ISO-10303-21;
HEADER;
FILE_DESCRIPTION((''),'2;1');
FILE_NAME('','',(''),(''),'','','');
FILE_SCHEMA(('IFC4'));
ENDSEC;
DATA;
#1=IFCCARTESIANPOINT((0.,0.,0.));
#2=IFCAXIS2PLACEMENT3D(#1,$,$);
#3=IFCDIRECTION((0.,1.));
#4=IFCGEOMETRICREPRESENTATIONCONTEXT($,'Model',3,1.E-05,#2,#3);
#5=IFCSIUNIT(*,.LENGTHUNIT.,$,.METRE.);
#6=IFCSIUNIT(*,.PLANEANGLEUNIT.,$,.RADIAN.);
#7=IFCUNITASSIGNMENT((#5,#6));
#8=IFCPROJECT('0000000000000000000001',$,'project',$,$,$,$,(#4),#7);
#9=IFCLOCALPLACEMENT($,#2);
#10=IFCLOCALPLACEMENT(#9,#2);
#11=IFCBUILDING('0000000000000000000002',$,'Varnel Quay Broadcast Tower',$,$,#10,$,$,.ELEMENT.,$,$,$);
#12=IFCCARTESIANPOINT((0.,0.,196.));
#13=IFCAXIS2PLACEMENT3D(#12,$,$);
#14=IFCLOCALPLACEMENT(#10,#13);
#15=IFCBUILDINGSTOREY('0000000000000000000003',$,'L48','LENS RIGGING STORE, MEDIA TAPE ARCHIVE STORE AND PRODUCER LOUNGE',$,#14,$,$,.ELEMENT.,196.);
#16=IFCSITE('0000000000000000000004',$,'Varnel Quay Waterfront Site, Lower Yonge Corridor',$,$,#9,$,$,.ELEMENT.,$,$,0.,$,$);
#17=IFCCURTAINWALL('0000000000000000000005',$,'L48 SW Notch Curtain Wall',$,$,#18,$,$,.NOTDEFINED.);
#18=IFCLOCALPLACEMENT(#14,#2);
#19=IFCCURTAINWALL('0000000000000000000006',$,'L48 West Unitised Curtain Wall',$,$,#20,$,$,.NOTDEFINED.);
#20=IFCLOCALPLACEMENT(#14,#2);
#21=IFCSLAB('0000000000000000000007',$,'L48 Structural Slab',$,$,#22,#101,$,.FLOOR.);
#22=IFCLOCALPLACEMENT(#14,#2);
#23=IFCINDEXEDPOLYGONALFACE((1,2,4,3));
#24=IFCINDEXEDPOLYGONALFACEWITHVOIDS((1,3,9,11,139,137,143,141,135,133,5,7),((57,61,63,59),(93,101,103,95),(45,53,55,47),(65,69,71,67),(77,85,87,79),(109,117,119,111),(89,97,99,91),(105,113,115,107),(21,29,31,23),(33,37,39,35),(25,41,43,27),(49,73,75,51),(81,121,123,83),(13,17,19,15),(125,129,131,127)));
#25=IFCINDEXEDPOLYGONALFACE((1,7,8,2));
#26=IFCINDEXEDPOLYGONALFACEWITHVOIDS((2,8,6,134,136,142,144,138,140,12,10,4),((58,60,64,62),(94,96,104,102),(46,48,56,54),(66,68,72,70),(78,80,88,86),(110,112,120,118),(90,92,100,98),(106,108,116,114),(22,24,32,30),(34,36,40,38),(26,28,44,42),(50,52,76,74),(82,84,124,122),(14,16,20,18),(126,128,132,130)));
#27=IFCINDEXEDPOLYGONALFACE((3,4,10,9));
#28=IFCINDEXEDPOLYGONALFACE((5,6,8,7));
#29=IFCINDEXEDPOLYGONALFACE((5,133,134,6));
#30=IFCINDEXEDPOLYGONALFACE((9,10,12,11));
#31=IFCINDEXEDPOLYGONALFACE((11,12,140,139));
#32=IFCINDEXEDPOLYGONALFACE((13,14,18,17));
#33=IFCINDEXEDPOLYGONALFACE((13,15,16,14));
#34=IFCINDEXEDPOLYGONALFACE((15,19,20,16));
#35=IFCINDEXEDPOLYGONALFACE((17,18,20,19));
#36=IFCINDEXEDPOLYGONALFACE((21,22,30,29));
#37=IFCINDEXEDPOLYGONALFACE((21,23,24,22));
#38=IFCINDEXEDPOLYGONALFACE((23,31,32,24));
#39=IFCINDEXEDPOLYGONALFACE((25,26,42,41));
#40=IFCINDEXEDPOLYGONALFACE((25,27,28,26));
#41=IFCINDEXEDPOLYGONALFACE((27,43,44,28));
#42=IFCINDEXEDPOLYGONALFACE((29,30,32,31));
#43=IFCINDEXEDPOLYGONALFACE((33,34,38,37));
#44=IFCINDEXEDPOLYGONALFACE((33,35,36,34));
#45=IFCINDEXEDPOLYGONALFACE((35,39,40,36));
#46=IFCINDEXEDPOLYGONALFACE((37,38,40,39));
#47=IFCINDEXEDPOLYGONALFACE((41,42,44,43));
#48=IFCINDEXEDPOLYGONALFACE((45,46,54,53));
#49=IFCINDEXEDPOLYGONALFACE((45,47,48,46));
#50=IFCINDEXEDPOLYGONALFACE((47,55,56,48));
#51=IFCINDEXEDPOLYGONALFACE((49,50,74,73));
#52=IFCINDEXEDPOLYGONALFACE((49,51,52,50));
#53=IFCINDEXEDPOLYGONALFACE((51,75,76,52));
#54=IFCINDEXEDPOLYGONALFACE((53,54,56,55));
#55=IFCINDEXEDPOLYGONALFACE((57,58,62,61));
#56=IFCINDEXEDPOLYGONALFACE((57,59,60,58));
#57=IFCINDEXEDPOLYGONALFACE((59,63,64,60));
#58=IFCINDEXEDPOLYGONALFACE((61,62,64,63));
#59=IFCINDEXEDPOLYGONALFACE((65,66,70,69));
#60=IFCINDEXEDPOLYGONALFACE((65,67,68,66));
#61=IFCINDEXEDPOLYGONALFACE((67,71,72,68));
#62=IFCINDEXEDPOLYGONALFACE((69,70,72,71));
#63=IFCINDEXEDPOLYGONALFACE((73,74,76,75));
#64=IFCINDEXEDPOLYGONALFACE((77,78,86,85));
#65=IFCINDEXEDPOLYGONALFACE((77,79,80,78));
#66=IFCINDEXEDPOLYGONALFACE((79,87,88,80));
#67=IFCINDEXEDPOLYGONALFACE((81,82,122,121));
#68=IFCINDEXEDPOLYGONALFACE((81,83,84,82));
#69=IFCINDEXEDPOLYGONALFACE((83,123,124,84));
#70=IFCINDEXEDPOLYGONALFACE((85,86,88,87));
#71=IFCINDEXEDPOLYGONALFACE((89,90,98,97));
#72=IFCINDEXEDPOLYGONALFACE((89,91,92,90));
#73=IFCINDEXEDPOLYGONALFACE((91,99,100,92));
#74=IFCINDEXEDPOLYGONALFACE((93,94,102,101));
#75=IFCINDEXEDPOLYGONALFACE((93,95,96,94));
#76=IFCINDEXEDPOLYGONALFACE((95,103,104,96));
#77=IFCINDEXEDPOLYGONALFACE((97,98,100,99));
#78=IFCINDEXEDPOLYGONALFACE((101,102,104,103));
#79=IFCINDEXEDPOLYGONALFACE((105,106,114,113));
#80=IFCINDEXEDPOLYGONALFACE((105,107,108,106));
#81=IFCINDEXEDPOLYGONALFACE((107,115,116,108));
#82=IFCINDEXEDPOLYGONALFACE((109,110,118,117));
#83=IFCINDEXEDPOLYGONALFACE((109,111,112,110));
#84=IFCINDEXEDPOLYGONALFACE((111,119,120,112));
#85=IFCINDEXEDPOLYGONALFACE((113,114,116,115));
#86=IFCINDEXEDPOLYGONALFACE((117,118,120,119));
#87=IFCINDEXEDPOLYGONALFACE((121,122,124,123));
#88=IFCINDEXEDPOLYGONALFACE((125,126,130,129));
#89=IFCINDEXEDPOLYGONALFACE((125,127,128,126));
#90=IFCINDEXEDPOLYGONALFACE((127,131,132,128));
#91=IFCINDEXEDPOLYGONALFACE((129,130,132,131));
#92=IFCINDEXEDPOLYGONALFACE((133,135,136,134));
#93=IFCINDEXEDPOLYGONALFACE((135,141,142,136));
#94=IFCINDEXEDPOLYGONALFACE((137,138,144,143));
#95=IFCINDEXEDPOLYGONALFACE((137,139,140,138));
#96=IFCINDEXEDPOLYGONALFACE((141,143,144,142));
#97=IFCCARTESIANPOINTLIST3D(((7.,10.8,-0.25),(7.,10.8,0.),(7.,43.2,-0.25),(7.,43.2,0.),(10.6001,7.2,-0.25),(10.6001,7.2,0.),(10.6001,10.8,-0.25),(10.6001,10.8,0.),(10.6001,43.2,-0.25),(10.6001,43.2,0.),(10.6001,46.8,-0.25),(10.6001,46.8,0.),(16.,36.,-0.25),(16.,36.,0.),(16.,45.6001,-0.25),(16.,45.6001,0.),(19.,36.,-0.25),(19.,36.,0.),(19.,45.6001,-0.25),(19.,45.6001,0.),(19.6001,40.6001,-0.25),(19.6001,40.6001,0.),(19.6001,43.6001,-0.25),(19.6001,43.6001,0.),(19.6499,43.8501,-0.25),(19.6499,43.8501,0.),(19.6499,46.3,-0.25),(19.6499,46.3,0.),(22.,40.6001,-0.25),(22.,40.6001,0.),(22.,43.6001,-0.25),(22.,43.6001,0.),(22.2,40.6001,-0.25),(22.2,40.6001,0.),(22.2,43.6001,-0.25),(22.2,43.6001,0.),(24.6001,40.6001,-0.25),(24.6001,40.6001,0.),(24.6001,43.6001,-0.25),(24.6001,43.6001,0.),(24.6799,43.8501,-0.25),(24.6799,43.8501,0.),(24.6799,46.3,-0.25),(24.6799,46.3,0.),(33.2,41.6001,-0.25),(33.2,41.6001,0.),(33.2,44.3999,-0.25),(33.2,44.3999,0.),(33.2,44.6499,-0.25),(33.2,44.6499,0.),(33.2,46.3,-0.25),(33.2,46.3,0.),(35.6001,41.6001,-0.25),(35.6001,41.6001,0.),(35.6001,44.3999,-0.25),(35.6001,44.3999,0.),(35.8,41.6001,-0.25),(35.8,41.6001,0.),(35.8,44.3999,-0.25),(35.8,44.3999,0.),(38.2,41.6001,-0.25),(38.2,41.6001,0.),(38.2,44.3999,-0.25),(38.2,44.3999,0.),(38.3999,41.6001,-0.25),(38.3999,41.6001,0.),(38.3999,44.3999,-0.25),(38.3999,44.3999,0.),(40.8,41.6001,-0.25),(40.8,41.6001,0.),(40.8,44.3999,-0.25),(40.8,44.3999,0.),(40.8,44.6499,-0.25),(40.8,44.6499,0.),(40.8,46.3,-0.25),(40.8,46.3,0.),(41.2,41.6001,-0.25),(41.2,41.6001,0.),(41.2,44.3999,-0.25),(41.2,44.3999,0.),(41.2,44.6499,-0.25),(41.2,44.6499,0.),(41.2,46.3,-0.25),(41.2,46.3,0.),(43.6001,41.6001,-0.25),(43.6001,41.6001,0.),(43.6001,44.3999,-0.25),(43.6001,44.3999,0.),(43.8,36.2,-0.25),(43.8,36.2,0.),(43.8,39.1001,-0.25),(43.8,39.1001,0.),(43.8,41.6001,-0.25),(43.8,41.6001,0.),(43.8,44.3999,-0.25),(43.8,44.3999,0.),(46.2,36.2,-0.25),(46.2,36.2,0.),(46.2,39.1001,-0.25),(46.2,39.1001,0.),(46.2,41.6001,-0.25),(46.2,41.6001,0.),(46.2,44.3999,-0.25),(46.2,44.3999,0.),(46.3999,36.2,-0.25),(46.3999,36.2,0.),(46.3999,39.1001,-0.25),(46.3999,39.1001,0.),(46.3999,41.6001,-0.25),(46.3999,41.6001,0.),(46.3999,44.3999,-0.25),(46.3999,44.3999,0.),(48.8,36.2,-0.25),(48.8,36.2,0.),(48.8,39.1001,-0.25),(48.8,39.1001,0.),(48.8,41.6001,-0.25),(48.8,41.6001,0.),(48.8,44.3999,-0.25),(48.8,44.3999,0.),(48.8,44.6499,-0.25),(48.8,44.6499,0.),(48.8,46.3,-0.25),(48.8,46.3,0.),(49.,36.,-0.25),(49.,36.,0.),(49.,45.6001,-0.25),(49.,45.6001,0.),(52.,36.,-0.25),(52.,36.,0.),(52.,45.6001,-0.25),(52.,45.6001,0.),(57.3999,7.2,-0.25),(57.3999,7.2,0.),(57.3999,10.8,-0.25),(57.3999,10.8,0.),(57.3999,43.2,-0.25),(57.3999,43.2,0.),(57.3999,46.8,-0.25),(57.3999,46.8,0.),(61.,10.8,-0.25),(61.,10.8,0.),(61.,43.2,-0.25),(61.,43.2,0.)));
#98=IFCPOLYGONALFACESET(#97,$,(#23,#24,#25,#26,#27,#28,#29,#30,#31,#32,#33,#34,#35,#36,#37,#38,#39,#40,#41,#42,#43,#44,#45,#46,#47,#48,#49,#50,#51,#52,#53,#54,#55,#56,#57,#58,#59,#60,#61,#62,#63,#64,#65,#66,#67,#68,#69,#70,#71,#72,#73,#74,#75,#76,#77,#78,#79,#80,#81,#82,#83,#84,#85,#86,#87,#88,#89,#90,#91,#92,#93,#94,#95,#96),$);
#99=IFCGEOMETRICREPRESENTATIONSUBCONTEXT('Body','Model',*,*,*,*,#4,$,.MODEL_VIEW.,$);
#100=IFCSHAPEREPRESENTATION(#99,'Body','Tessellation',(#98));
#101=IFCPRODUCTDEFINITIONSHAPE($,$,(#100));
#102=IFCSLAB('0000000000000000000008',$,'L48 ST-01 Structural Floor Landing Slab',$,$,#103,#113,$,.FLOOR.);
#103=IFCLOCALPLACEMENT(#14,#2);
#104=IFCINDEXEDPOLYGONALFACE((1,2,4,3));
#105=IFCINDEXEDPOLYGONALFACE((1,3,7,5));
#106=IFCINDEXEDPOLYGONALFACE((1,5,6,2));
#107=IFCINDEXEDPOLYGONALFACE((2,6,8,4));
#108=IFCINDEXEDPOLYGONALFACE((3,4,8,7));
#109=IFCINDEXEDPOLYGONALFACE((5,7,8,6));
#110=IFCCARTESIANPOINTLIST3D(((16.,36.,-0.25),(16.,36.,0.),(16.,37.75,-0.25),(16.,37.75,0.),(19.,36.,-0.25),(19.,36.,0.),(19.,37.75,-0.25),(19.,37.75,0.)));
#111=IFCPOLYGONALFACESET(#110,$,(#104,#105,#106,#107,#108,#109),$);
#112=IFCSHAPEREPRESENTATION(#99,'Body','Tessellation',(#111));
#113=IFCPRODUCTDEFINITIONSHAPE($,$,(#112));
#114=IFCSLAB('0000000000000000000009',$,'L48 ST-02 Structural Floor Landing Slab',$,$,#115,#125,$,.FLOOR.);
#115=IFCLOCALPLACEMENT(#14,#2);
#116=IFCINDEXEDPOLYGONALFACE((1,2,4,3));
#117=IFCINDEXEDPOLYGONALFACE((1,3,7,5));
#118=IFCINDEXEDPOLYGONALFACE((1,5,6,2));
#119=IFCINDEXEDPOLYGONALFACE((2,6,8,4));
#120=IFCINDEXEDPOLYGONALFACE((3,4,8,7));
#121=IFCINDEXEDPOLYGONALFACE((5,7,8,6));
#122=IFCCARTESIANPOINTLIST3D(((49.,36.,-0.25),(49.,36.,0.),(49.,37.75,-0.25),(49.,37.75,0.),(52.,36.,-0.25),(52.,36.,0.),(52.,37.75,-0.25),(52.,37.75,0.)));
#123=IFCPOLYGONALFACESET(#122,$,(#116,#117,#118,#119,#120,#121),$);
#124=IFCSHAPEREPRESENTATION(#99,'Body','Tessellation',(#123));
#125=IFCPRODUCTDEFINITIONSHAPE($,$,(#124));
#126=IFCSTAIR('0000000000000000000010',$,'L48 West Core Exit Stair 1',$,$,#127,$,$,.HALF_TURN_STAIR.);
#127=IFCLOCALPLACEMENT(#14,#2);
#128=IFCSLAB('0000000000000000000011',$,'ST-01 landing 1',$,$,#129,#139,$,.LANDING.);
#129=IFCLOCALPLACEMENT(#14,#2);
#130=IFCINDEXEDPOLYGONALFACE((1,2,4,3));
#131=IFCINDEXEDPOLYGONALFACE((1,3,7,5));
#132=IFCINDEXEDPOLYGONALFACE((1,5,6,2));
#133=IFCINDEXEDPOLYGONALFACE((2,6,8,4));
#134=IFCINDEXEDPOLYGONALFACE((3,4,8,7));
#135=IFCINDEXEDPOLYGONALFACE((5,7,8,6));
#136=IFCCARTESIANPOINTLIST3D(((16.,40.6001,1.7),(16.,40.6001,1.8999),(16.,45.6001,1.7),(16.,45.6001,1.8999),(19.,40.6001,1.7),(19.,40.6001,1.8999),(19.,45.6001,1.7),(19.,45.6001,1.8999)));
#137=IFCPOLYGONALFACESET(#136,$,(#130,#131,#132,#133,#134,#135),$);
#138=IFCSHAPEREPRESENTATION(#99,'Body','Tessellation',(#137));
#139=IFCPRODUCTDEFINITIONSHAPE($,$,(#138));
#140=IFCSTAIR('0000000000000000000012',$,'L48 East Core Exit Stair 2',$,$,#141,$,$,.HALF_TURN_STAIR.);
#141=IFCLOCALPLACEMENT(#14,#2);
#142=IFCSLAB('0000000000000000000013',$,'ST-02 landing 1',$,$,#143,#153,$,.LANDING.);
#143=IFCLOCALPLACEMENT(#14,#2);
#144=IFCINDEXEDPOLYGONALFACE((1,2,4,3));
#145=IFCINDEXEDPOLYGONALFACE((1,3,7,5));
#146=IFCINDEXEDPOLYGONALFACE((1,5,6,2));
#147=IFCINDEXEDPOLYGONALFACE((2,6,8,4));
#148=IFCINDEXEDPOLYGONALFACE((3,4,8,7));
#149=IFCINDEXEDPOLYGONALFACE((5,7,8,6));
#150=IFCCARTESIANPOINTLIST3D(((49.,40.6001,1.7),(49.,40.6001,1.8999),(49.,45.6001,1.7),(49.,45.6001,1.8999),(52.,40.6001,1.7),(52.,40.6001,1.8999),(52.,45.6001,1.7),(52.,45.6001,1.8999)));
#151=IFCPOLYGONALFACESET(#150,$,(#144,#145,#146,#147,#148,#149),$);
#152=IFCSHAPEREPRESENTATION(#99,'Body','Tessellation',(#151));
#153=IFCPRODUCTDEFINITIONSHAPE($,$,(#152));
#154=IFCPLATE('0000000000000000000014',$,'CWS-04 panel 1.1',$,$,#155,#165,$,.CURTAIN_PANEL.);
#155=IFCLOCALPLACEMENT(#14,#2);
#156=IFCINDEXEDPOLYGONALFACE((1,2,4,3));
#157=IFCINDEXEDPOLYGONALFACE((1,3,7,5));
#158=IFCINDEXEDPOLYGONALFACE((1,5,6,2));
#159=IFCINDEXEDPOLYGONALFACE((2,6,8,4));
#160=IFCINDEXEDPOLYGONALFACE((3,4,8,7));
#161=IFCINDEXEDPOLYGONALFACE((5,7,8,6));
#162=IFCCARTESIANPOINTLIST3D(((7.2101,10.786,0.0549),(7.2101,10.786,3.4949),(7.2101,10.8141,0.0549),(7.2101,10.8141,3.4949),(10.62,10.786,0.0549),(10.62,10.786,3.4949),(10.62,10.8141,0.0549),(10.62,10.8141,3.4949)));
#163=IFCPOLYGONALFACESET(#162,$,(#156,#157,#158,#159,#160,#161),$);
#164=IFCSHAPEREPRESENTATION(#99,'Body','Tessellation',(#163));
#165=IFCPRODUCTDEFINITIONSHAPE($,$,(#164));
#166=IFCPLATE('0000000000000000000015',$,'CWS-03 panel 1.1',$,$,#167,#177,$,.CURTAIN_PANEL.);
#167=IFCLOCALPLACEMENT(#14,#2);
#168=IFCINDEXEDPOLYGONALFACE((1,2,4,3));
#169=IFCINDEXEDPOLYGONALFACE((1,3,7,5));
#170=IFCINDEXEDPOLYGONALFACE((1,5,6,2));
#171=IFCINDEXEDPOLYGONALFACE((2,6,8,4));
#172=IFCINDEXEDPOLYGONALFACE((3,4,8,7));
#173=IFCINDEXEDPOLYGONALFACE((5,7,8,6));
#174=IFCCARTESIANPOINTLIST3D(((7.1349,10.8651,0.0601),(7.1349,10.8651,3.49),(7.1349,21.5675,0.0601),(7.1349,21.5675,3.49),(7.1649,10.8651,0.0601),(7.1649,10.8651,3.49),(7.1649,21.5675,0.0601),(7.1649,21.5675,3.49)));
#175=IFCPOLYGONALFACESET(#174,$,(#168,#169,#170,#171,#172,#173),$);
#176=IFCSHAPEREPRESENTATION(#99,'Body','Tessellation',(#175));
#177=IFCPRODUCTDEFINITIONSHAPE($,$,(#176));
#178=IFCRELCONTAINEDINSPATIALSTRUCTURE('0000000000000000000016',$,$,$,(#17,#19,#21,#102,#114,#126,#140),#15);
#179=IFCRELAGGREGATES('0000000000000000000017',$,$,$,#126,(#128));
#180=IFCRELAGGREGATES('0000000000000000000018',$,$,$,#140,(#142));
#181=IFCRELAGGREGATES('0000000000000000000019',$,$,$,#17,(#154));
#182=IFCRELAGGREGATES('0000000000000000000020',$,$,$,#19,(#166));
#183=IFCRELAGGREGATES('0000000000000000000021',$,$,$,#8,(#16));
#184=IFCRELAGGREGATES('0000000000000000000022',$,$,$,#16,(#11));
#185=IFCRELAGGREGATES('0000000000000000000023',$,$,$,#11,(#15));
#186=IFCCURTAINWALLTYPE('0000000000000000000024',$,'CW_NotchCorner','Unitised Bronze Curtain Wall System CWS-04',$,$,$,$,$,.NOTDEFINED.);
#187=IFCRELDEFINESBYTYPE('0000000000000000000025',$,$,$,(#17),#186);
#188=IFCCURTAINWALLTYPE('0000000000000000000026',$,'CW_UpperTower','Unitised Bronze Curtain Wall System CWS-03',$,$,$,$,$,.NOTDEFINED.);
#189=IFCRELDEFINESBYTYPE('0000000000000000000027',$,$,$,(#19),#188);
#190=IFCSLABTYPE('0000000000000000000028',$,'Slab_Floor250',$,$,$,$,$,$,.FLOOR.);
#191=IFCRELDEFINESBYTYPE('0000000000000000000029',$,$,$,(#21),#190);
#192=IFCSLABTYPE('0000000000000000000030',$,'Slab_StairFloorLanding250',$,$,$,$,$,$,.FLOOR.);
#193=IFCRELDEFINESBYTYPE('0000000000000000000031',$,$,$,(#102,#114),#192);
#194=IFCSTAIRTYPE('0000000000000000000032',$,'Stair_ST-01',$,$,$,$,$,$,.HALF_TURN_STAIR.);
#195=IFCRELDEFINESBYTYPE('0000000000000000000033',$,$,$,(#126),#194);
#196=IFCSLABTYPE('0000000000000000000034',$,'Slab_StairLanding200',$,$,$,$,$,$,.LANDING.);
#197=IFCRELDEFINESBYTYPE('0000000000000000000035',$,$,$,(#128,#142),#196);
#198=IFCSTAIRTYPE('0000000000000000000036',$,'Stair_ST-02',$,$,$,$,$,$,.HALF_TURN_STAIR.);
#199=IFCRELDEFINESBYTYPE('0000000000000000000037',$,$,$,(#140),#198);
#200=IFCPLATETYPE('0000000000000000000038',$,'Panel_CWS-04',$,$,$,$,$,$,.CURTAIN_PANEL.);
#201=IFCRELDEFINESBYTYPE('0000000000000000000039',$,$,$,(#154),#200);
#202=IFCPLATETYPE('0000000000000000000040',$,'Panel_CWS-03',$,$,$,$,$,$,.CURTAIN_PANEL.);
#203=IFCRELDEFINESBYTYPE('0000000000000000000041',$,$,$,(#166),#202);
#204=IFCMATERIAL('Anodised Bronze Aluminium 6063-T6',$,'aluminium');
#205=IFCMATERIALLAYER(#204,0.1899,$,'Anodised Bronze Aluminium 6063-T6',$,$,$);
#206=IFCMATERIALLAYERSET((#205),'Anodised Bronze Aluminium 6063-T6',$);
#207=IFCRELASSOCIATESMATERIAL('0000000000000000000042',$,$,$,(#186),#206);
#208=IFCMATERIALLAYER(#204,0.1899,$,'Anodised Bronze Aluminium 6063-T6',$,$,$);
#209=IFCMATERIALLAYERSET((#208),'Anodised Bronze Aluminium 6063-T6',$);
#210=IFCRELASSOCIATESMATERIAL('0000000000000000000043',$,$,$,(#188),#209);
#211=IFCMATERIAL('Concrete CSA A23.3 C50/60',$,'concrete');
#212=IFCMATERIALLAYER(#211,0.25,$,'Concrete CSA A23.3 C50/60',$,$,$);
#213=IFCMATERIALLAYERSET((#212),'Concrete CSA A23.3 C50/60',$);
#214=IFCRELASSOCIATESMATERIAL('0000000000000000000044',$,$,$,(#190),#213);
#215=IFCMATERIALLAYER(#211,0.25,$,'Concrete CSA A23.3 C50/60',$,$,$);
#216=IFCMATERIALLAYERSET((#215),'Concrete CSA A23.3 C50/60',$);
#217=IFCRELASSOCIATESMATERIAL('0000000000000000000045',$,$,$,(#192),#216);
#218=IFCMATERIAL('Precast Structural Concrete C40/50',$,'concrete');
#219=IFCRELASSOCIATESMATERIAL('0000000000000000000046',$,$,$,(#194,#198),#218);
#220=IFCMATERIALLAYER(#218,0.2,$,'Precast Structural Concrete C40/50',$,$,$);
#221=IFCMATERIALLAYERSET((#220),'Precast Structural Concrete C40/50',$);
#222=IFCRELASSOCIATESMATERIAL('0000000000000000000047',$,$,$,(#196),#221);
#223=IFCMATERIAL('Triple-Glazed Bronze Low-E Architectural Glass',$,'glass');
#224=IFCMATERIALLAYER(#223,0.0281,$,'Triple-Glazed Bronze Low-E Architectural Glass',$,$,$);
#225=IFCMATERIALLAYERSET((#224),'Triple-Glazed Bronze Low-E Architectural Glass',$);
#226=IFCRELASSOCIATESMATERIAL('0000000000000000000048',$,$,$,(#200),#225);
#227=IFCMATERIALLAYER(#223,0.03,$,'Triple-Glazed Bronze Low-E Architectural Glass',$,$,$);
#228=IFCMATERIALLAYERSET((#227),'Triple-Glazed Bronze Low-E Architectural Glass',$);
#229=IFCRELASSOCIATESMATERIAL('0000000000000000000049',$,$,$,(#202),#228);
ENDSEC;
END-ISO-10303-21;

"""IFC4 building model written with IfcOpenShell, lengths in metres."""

from ifc_helpers import new_model, si_unit, direction, frame, origin, origin_2d, place, context, subcontext, project, spatial, polyline, rectangle, outline, extrude, source, transform, mapped, material, layer, layer_set, type_object, type_shapes, element, aggregate, save


model = new_model("IFC4")

# Units and contexts
model_context = context("Model", 3, precision=1e-05, world=origin(), true_north=direction((0.0, 1.0)))
body_context = subcontext(model_context, "Body", "Model", "MODEL_VIEW")
ifc_project = project(units=[si_unit("LENGTHUNIT", "METRE"), si_unit("PLANEANGLEUNIT", "RADIAN")], contexts=[model_context])

# Site, building, storey
site_placement = place(None, origin())
site = spatial("IfcSite", under=ifc_project, at=site_placement, Name="Varnel Quay Waterfront Site, Lower Yonge Corridor", CompositionType="ELEMENT", RefElevation=0.0)
building_placement = place(site_placement, origin())
building = spatial("IfcBuilding", under=site, at=building_placement, Name="Varnel Quay Broadcast Tower", CompositionType="ELEMENT")
storey_placement = place(building_placement, frame((0.0, 0.0, 196.0)))
storey = spatial("IfcBuildingStorey", under=building, at=storey_placement, Name="L48", Description="LENS RIGGING STORE, MEDIA TAPE ARCHIVE STORE AND PRODUCER LOUNGE", CompositionType="ELEMENT", Elevation=196.0)

# Curtain walls
ifc_material_1 = material(Name="Anodised Bronze Aluminium 6063-T6", Category="aluminium")
ifc_layer_1 = layer(ifc_material_1, 0.1899, Name="Anodised Bronze Aluminium 6063-T6")
ifc_layer_set_1 = layer_set([ifc_layer_1], Name="Anodised Bronze Aluminium 6063-T6")
curtain_wall_type_1 = type_object("IfcCurtainWallType", Name="CW_NotchCorner", Description="Unitised Bronze Curtain Wall System CWS-04", PredefinedType="NOTDEFINED", material=ifc_layer_set_1)
curtain_wall_1_placement = place(storey_placement, origin())
curtain_wall_1 = element("IfcCurtainWall", 1, at=curtain_wall_1_placement, inside=storey, type_object=curtain_wall_type_1, Name="L48 SW Notch Curtain Wall", PredefinedType="NOTDEFINED")
ifc_layer_2 = layer(ifc_material_1, 0.1899, Name="Anodised Bronze Aluminium 6063-T6")
ifc_layer_set_2 = layer_set([ifc_layer_2], Name="Anodised Bronze Aluminium 6063-T6")
curtain_wall_type_2 = type_object("IfcCurtainWallType", Name="CW_UpperTower", Description="Unitised Bronze Curtain Wall System CWS-03", PredefinedType="NOTDEFINED", material=ifc_layer_set_2)
curtain_wall_2_placement = place(storey_placement, origin())
curtain_wall_2 = element("IfcCurtainWall", 2, at=curtain_wall_2_placement, inside=storey, type_object=curtain_wall_type_2, Name="L48 West Unitised Curtain Wall", PredefinedType="NOTDEFINED")

# Slabs
ifc_material_2 = material(Name="Concrete CSA A23.3 C50/60", Category="concrete")
ifc_layer_3 = layer(ifc_material_2, 0.25, Name="Concrete CSA A23.3 C50/60")
ifc_layer_set_3 = layer_set([ifc_layer_3], Name="Concrete CSA A23.3 C50/60")
slab_type_1 = type_object("IfcSlabType", Name="Slab_Floor250", PredefinedType="FLOOR", material=ifc_layer_set_3)
slab_1_placement = place(storey_placement, frame((0.0, 0.0, -0.25)))
element("IfcSlab", 3, at=slab_1_placement, inside=storey, type_object=slab_type_1, Name="L48 Structural Slab", PredefinedType="FLOOR", context=body_context, shape_type="SweptSolid", body=[
    extrude(outline(polyline([(10.6001, 7.2), (57.3999, 7.2), (57.3999, 10.8), (61.0, 10.8), (61.0, 43.2), (57.3999, 43.2), (57.3999, 46.8), (10.6001, 46.8), (10.6001, 43.2), (7.0, 43.2), (7.0, 10.8), (10.6001, 10.8), (10.6001, 7.2)]), holes=[polyline([(19.0, 36.0), (16.0, 36.0), (16.0, 45.6001), (19.0, 45.6001), (19.0, 36.0)]), polyline([(19.6001, 43.6001), (22.0, 43.6001), (22.0, 40.6001), (19.6001, 40.6001), (19.6001, 43.6001)]), polyline([(22.2, 43.6001), (24.6001, 43.6001), (24.6001, 40.6001), (22.2, 40.6001), (22.2, 43.6001)]), polyline([(33.2, 44.3999), (35.6001, 44.3999), (35.6001, 41.6001), (33.2, 41.6001), (33.2, 44.3999)]), polyline([(35.8, 44.3999), (38.2, 44.3999), (38.2, 41.6001), (35.8, 41.6001), (35.8, 44.3999)]), polyline([(38.3999, 44.3999), (40.8, 44.3999), (40.8, 41.6001), (38.3999, 41.6001), (38.3999, 44.3999)]), polyline([(19.6499, 46.3), (24.6799, 46.3), (24.6799, 43.8501), (19.6499, 43.8501), (19.6499, 46.3)]), polyline([(33.2, 46.3), (40.8, 46.3), (40.8, 44.6499), (33.2, 44.6499), (33.2, 46.3)]), polyline([(43.8, 39.1001), (46.2, 39.1001), (46.2, 36.2), (43.8, 36.2), (43.8, 39.1001)]), polyline([(46.3999, 39.1001), (48.8, 39.1001), (48.8, 36.2), (46.3999, 36.2), (46.3999, 39.1001)]), polyline([(49.0, 36.0), (49.0, 45.6001), (52.0, 45.6001), (52.0, 36.0), (49.0, 36.0)]), polyline([(41.2, 44.3999), (43.6001, 44.3999), (43.6001, 41.6001), (41.2, 41.6001), (41.2, 44.3999)]), polyline([(43.8, 44.3999), (46.2, 44.3999), (46.2, 41.6001), (43.8, 41.6001), (43.8, 44.3999)]), polyline([(46.3999, 44.3999), (48.8, 44.3999), (48.8, 41.6001), (46.3999, 41.6001), (46.3999, 44.3999)]), polyline([(41.2, 46.3), (48.8, 46.3), (48.8, 44.6499), (41.2, 44.6499), (41.2, 46.3)])]), origin(), (0.0, 0.0, 1.0), 0.25),
])
ifc_layer_4 = layer(ifc_material_2, 0.25, Name="Concrete CSA A23.3 C50/60")
ifc_layer_set_4 = layer_set([ifc_layer_4], Name="Concrete CSA A23.3 C50/60")
slab_type_2 = type_object("IfcSlabType", Name="Slab_StairFloorLanding250", PredefinedType="FLOOR", material=ifc_layer_set_4)
slab_2_placement = place(storey_placement, frame((0.0, 0.0, -0.25)))
element("IfcSlab", 4, at=slab_2_placement, inside=storey, type_object=slab_type_2, Name="L48 ST-01 Structural Floor Landing Slab", PredefinedType="FLOOR", context=body_context, shape_type="SweptSolid", body=[
    extrude(outline(polyline([(19.0, 36.0), (19.0, 37.75), (16.0, 37.75), (16.0, 36.0), (19.0, 36.0)])), origin(), (0.0, 0.0, 1.0), 0.25),
])
slab_3_placement = place(storey_placement, frame((0.0, 0.0, -0.25)))
element("IfcSlab", 5, at=slab_3_placement, inside=storey, type_object=slab_type_2, Name="L48 ST-02 Structural Floor Landing Slab", PredefinedType="FLOOR", context=body_context, shape_type="SweptSolid", body=[
    extrude(outline(polyline([(52.0, 36.0), (52.0, 37.75), (49.0, 37.75), (49.0, 36.0), (52.0, 36.0)])), origin(), (0.0, 0.0, 1.0), 0.25),
])

# Stairs, slabs
ifc_material_3 = material(Name="Precast Structural Concrete C40/50", Category="concrete")
stair_type_1 = type_object("IfcStairType", Name="Stair_ST-01", PredefinedType="HALF_TURN_STAIR", material=ifc_material_3)
stair_1_placement = place(storey_placement, origin())
stair_1 = element("IfcStair", 6, at=stair_1_placement, inside=storey, type_object=stair_type_1, Name="L48 West Core Exit Stair 1", PredefinedType="HALF_TURN_STAIR")
ifc_layer_5 = layer(ifc_material_3, 0.2, Name="Precast Structural Concrete C40/50")
ifc_layer_set_5 = layer_set([ifc_layer_5], Name="Precast Structural Concrete C40/50")
slab_type_3 = type_object("IfcSlabType", Name="Slab_StairLanding200", PredefinedType="LANDING", material=ifc_layer_set_5)
slab_4_placement = place(storey_placement, frame((0.0, 0.0, 1.7)))
slab_4 = element("IfcSlab", 7, at=slab_4_placement, type_object=slab_type_3, Name="ST-01 landing 1", PredefinedType="LANDING", context=body_context, shape_type="SweptSolid", body=[
    extrude(outline(polyline([(19.0, 40.6001), (19.0, 45.6001), (16.0, 45.6001), (16.0, 40.6001), (19.0, 40.6001)])), origin(), (0.0, 0.0, 1.0), 0.2),
])
aggregate(stair_1, [slab_4])
stair_type_2 = type_object("IfcStairType", Name="Stair_ST-02", PredefinedType="HALF_TURN_STAIR", material=ifc_material_3)
stair_2_placement = place(storey_placement, origin())
stair_2 = element("IfcStair", 8, at=stair_2_placement, inside=storey, type_object=stair_type_2, Name="L48 East Core Exit Stair 2", PredefinedType="HALF_TURN_STAIR")
slab_5_placement = place(storey_placement, frame((0.0, 0.0, 1.7)))
slab_5 = element("IfcSlab", 9, at=slab_5_placement, type_object=slab_type_3, Name="ST-02 landing 1", PredefinedType="LANDING", context=body_context, shape_type="SweptSolid", body=[
    extrude(outline(polyline([(52.0, 40.6001), (52.0, 45.6001), (49.0, 45.6001), (49.0, 40.6001), (52.0, 40.6001)])), origin(), (0.0, 0.0, 1.0), 0.2),
])
aggregate(stair_2, [slab_5])

# Plates
ifc_material_4 = material(Name="Triple-Glazed Bronze Low-E Architectural Glass", Category="glass")
ifc_layer_6 = layer(ifc_material_4, 0.0281, Name="Triple-Glazed Bronze Low-E Architectural Glass")
ifc_layer_set_6 = layer_set([ifc_layer_6], Name="Triple-Glazed Bronze Low-E Architectural Glass")
plate_type_1 = type_object("IfcPlateType", Name="Panel_CWS-04", PredefinedType="CURTAIN_PANEL", material=ifc_layer_set_6)
shared_shape_1 = source(origin(), body_context, "Body", "SweptSolid", [
    extrude(rectangle(XDim=3.4099, YDim=0.0281, at=origin_2d()), origin(), (0.0, 0.0, 1.0), 3.4399),
])
type_shapes(plate_type_1, [shared_shape_1])
plate_1_placement = place(storey_placement, frame((8.915, 10.8, 0.0549), z_axis=(0.0, 0.0, 1.0), x_axis=(1.0, 0.0, 0.0)))
plate_1 = element("IfcPlate", 10, at=plate_1_placement, type_object=plate_type_1, Name="CWS-04 panel 1.1", PredefinedType="CURTAIN_PANEL", context=body_context, shape_type="MappedRepresentation", body=[
    mapped(shared_shape_1, transform((0.0, 0.0, 0.0), x_axis=(1.0, 0.0, 0.0), y_axis=(0.0, 1.0, 0.0), z_axis=(0.0, 0.0, 1.0), scale=1.0)),
])
aggregate(curtain_wall_1, [plate_1])
ifc_layer_7 = layer(ifc_material_4, 0.03, Name="Triple-Glazed Bronze Low-E Architectural Glass")
ifc_layer_set_7 = layer_set([ifc_layer_7], Name="Triple-Glazed Bronze Low-E Architectural Glass")
plate_type_2 = type_object("IfcPlateType", Name="Panel_CWS-03", PredefinedType="CURTAIN_PANEL", material=ifc_layer_set_7)
shared_shape_2 = source(origin(), body_context, "Body", "SweptSolid", [
    extrude(rectangle(XDim=10.7024, YDim=0.03, at=origin_2d()), origin(), (0.0, 0.0, 1.0), 3.4299),
])
type_shapes(plate_type_2, [shared_shape_2])
plate_2_placement = place(storey_placement, frame((7.1499, 16.2163, 0.0601), z_axis=(0.0, 0.0, 1.0), x_axis=(0.0, 1.0, 0.0)))
plate_2 = element("IfcPlate", 11, at=plate_2_placement, type_object=plate_type_2, Name="CWS-03 panel 1.1", PredefinedType="CURTAIN_PANEL", context=body_context, shape_type="MappedRepresentation", body=[
    mapped(shared_shape_2, transform((0.0, 0.0, 0.0), x_axis=(1.0, 0.0, 0.0), y_axis=(0.0, 1.0, 0.0), z_axis=(0.0, 0.0, 1.0), scale=1.0)),
])
aggregate(curtain_wall_2, [plate_2])

save(model, "model.ifc")
